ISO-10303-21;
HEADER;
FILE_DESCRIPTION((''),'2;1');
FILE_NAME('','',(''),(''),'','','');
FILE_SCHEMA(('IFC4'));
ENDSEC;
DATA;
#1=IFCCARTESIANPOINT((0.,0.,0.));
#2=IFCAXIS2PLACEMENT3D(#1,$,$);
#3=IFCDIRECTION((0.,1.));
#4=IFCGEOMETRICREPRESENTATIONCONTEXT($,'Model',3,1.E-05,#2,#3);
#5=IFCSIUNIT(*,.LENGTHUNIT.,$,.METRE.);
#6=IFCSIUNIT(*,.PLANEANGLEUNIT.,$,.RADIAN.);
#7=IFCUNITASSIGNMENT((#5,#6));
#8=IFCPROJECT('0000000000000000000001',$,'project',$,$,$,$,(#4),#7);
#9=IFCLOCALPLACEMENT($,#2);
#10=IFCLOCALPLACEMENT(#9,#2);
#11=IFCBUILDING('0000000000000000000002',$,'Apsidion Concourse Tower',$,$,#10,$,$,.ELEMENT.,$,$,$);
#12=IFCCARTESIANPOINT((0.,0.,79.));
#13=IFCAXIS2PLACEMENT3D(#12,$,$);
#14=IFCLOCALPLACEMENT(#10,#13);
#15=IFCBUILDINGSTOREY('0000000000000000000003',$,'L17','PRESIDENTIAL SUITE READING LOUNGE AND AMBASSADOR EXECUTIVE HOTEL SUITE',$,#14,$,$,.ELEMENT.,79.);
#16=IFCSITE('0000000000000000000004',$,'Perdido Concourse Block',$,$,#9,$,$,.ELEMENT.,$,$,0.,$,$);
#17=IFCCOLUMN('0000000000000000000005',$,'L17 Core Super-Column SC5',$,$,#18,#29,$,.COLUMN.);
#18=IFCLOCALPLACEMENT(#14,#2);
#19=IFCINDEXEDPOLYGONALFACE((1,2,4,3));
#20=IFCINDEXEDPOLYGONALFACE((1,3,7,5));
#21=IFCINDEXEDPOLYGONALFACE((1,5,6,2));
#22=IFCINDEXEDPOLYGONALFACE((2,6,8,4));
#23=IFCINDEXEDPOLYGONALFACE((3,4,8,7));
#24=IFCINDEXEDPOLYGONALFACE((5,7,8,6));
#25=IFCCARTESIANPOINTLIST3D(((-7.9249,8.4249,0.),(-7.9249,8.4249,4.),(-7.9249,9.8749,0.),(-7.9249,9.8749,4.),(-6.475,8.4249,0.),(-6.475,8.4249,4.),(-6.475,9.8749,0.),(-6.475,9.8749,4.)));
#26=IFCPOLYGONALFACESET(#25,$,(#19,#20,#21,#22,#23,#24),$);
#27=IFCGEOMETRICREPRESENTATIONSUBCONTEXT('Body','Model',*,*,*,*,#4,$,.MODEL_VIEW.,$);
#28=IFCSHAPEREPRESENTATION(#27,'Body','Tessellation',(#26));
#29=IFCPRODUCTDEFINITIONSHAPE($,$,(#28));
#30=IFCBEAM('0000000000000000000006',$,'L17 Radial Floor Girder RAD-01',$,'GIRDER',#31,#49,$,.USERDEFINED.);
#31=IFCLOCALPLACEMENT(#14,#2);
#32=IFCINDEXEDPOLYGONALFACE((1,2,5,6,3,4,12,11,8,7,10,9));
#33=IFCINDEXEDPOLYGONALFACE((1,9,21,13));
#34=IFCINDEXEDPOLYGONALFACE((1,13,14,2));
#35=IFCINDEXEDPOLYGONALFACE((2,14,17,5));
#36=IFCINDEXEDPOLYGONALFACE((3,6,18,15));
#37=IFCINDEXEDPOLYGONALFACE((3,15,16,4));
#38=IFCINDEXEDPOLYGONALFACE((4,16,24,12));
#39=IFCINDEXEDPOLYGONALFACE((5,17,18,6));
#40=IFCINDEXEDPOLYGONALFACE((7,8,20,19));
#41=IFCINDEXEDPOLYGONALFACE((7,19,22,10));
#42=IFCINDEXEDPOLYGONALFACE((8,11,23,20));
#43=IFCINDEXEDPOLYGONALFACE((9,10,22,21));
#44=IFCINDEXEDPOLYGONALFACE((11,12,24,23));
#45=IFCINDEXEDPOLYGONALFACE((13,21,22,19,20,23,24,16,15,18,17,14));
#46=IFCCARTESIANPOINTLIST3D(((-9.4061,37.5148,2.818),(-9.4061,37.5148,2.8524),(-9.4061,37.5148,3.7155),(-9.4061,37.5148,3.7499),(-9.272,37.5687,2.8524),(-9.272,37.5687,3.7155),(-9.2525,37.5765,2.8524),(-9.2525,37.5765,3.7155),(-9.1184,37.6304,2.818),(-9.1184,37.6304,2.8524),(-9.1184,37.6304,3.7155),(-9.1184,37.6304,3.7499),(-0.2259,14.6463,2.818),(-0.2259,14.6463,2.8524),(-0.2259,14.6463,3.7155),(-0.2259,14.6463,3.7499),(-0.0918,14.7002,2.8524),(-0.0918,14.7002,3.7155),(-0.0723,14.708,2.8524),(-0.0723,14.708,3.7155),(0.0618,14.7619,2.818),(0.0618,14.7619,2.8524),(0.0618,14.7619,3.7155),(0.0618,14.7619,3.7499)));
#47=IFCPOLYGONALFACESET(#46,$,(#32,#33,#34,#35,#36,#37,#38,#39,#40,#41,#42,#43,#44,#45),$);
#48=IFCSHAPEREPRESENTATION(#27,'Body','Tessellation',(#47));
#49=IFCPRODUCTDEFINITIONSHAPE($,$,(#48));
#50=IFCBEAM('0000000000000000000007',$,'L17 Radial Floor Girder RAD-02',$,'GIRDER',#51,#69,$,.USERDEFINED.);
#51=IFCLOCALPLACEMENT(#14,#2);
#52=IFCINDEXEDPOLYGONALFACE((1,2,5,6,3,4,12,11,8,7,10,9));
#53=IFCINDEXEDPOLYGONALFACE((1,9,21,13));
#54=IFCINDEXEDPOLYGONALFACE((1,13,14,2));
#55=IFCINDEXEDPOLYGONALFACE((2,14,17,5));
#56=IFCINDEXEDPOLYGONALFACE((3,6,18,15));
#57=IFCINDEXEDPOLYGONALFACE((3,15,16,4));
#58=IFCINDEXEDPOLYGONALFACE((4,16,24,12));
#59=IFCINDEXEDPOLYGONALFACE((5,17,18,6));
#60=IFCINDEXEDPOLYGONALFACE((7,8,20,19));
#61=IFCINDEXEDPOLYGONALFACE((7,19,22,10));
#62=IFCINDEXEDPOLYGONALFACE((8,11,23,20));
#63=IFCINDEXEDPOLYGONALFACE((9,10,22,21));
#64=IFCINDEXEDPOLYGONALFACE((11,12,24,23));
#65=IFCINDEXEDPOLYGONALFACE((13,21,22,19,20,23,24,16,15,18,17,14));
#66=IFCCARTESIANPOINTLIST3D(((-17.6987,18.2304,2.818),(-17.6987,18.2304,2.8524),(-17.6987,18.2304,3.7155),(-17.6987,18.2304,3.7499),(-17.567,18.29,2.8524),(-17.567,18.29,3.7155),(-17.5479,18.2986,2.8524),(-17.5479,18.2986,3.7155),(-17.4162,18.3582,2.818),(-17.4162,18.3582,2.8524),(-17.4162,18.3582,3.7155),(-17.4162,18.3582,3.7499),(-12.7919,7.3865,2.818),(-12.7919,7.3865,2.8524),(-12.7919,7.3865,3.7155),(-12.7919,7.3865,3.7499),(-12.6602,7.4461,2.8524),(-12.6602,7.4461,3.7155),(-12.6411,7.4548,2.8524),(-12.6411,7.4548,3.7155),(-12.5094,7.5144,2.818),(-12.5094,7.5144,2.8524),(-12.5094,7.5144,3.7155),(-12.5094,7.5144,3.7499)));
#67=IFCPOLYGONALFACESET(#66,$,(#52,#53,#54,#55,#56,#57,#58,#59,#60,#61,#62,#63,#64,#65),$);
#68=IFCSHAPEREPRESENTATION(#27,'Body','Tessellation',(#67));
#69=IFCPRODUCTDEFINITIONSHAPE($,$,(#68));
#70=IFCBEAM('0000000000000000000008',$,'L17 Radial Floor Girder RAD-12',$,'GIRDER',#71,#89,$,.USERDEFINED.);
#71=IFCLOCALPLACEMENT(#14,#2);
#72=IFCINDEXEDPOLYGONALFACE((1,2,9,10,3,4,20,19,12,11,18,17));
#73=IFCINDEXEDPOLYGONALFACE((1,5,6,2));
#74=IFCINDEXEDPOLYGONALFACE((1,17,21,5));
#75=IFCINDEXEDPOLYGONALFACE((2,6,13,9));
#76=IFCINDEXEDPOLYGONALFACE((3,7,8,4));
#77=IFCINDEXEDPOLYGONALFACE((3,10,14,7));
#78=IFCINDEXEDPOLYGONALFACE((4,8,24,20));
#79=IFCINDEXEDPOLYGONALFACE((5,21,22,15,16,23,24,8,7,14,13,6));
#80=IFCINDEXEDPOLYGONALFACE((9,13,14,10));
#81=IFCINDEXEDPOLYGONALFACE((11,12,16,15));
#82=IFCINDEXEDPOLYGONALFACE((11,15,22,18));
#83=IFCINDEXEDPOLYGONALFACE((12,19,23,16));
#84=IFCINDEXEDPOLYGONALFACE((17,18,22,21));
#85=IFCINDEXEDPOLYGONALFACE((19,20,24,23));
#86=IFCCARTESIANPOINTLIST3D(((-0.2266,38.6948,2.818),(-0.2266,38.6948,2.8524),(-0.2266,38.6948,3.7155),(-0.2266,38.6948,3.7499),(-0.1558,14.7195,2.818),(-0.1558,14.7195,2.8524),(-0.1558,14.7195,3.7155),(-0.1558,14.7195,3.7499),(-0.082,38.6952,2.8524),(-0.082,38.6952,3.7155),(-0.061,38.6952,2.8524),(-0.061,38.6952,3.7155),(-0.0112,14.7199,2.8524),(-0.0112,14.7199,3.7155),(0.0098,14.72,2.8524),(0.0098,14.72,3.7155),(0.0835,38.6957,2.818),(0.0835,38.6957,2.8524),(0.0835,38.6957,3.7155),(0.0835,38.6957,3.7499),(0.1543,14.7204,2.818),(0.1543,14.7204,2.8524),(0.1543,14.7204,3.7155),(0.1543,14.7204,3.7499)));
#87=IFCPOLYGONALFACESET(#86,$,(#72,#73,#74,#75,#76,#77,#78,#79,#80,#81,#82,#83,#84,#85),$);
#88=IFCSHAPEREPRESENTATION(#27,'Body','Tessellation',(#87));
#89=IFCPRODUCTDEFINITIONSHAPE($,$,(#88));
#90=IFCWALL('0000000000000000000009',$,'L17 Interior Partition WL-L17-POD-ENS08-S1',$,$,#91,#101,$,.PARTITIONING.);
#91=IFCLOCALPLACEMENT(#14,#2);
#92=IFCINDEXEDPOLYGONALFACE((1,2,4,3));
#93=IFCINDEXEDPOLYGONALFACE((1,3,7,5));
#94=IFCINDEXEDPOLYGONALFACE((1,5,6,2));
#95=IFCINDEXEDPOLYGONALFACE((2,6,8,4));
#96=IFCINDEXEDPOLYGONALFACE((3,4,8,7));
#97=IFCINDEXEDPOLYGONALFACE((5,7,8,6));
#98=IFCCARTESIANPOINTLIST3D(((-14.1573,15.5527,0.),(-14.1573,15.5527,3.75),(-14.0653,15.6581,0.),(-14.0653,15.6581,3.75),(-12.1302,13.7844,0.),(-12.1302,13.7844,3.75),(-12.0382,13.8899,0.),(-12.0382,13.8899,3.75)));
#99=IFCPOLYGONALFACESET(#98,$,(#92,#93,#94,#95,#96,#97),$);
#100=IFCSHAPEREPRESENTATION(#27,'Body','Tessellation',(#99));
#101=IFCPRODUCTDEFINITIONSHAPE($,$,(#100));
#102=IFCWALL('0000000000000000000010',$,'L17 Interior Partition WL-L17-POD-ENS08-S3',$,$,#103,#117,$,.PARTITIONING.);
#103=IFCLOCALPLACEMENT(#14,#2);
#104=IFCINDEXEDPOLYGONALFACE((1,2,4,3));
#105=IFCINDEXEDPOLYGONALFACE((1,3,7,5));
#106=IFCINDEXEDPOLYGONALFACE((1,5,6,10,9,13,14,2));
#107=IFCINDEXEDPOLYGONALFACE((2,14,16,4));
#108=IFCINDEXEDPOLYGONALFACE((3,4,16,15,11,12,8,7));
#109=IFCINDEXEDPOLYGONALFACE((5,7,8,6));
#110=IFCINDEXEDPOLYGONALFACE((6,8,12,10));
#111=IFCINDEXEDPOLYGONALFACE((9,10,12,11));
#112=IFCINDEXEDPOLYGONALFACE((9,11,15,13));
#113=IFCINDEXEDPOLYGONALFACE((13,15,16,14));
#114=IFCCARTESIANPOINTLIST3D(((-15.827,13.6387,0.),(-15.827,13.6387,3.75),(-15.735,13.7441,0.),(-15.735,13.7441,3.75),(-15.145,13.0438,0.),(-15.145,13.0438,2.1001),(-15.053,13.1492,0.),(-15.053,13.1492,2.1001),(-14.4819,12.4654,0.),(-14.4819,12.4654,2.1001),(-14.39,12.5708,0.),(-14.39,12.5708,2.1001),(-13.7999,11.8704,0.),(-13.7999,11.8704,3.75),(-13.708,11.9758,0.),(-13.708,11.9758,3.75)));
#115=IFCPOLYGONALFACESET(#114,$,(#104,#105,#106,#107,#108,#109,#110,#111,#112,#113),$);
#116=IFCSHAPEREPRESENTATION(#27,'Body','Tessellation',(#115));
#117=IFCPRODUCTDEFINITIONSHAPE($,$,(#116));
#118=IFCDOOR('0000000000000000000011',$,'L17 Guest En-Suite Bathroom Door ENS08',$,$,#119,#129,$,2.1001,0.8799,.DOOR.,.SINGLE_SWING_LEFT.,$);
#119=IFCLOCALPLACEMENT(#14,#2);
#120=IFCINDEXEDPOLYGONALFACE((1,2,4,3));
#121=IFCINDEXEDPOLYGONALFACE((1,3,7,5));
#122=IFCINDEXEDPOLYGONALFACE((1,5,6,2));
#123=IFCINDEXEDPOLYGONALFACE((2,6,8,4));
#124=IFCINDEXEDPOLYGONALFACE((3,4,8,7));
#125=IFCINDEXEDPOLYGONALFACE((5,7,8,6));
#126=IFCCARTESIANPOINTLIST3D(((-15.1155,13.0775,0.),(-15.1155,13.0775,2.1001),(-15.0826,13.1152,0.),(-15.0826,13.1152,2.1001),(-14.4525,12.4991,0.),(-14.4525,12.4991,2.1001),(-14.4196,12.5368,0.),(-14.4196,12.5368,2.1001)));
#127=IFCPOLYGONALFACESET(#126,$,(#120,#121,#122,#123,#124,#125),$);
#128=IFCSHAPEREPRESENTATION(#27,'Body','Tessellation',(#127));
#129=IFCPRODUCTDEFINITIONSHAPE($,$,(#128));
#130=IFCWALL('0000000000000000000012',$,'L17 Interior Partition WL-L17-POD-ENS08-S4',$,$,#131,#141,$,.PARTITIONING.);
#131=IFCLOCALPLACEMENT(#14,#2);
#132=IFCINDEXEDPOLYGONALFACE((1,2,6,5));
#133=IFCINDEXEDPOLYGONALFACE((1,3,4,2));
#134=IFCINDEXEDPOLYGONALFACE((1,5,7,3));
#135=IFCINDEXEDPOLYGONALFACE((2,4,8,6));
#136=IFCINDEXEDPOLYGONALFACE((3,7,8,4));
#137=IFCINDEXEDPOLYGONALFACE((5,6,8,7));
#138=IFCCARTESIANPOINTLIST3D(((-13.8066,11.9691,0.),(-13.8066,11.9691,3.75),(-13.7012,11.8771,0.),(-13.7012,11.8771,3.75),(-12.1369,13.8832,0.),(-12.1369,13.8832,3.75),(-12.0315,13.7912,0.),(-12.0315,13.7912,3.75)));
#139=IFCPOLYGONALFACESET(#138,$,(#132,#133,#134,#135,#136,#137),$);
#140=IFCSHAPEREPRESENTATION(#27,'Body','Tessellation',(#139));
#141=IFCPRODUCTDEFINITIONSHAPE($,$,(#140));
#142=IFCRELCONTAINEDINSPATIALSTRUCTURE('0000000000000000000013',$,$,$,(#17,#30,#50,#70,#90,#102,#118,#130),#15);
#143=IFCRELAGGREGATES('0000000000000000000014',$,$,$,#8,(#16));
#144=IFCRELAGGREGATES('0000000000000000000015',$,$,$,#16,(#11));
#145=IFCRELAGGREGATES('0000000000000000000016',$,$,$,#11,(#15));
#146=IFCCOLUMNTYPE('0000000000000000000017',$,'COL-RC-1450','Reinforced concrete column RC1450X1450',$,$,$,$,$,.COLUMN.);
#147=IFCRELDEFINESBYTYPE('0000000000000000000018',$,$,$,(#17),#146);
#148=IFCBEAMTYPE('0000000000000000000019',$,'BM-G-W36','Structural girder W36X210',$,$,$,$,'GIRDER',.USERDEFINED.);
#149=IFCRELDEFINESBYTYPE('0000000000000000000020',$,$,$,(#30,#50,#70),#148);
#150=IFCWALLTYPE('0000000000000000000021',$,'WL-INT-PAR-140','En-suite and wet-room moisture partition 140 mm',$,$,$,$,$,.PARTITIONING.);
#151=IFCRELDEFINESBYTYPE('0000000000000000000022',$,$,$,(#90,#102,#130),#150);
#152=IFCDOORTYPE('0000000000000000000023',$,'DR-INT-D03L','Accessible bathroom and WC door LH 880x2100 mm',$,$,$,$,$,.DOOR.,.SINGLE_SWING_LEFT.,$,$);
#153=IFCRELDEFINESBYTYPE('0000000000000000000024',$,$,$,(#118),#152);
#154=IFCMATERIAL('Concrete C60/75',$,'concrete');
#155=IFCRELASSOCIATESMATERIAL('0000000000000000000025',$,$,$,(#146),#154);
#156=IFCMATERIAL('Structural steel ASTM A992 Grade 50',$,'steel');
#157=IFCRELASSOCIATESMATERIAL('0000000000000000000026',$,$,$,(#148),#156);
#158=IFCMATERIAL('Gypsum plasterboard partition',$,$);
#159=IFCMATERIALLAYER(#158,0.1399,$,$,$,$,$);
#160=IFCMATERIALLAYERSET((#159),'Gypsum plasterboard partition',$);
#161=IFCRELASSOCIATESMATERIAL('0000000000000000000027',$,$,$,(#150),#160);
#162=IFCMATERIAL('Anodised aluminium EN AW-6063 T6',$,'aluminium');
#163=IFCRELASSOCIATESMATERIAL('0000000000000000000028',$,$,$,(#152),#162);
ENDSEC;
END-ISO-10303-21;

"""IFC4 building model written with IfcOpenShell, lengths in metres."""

from ifc_helpers import new_model, si_unit, direction, frame, frame_2d, origin, origin_2d, place, context, subcontext, project, spatial, rectangle, i_section, extrude, material, layer, layer_set, material_profile, profile_set, type_object, element, fill, save


model = new_model("IFC4")

# Units and contexts
model_context = context("Model", 3, precision=1e-05, world=origin(), true_north=direction((0.0, 1.0)))
body_context = subcontext(model_context, "Body", "Model", "MODEL_VIEW")
ifc_project = project(units=[si_unit("LENGTHUNIT", "METRE"), si_unit("PLANEANGLEUNIT", "RADIAN")], contexts=[model_context])

# Site, building, storey
site_placement = place(None, origin())
site = spatial("IfcSite", under=ifc_project, at=site_placement, Name="Perdido Concourse Block", CompositionType="ELEMENT", RefElevation=0.0)
building_placement = place(site_placement, origin())
building = spatial("IfcBuilding", under=site, at=building_placement, Name="Apsidion Concourse Tower", CompositionType="ELEMENT")
storey_placement = place(building_placement, frame((0.0, 0.0, 79.0)))
storey = spatial("IfcBuildingStorey", under=building, at=storey_placement, Name="L17", Description="PRESIDENTIAL SUITE READING LOUNGE AND AMBASSADOR EXECUTIVE HOTEL SUITE", CompositionType="ELEMENT", Elevation=79.0)

# Column
ifc_material_1 = material(Name="Concrete C60/75", Category="concrete")
ifc_material_profile_1 = material_profile(ifc_material_1, rectangle(XDim=1.45, YDim=1.45, at=origin_2d()), Name="RC 1450x1450")
ifc_profile_set_1 = profile_set([ifc_material_profile_1], Name="Concrete C60/75")
column_type = type_object("IfcColumnType", Name="COL-RC-1450", Description="Reinforced concrete column RC1450X1450", PredefinedType="COLUMN", material=ifc_profile_set_1)
column_placement = place(storey_placement, frame((-7.2, 9.1499, 0.0), z_axis=(0.0, 0.0, 1.0), x_axis=(1.0, 0.0, 0.0)))
element("IfcColumn", 1, at=column_placement, inside=storey, type_object=column_type, Name="L17 Core Super-Column SC5", PredefinedType="COLUMN", context=body_context, shape_type="SweptSolid", body=[
    extrude(rectangle(XDim=1.45, YDim=1.45, at=origin_2d()), origin(), (0.0, 0.0, 1.0), 4.0),
])

# Beams
ifc_material_2 = material(Name="Structural steel ASTM A992 Grade 50", Category="steel")
ifc_material_profile_2 = material_profile(ifc_material_2, i_section(OverallWidth=0.3101, OverallDepth=0.9319, WebThickness=0.021, FlangeThickness=0.0344, at=origin_2d()), Name="W36X210")
ifc_profile_set_2 = profile_set([ifc_material_profile_2], Name="Structural steel ASTM A992 Grade 50")
beam_type = type_object("IfcBeamType", Name="BM-G-W36", Description="Structural girder W36X210", ElementType="GIRDER", PredefinedType="USERDEFINED", material=ifc_profile_set_2)
beam_1_placement = place(storey_placement, frame((-0.082, 14.7041, 3.2839), z_axis=(-0.372538, 0.928017, 0.0), x_axis=(-0.928017, -0.372538, 0.0)))
element("IfcBeam", 2, at=beam_1_placement, inside=storey, type_object=beam_type, Name="L17 Radial Floor Girder RAD-01", ObjectType="GIRDER", PredefinedType="USERDEFINED", context=body_context, shape_type="SweptSolid", body=[
    extrude(i_section(OverallWidth=0.3101, OverallDepth=0.9319, WebThickness=0.021, FlangeThickness=0.0344, at=origin_2d()), origin(), (0.0, 0.0, 1.0), 24.6423),
])
beam_2_placement = place(storey_placement, frame((-12.6506, 7.4504, 3.2839), z_axis=(-0.412254, 0.911069, 0.0), x_axis=(-0.911069, -0.412254, 0.0)))
element("IfcBeam", 3, at=beam_2_placement, inside=storey, type_object=beam_type, Name="L17 Radial Floor Girder RAD-02", ObjectType="GIRDER", PredefinedType="USERDEFINED", context=body_context, shape_type="SweptSolid", body=[
    extrude(i_section(OverallWidth=0.3101, OverallDepth=0.9319, WebThickness=0.021, FlangeThickness=0.0344, at=origin_2d()), origin(), (0.0, 0.0, 1.0), 11.9023),
])
beam_3_placement = place(storey_placement, frame((-0.0007, 14.72, 3.2839), z_axis=(-0.002953, 0.999996, 0.0), x_axis=(-0.999996, -0.002953, 0.0)))
element("IfcBeam", 4, at=beam_3_placement, inside=storey, type_object=beam_type, Name="L17 Radial Floor Girder RAD-12", ObjectType="GIRDER", PredefinedType="USERDEFINED", context=body_context, shape_type="SweptSolid", body=[
    extrude(i_section(OverallWidth=0.3101, OverallDepth=0.9319, WebThickness=0.021, FlangeThickness=0.0344, at=origin_2d()), origin(), (0.0, 0.0, 1.0), 23.9753),
])

# Wall
ifc_material_3 = material(Name="Gypsum plasterboard partition")
ifc_layer_1 = layer(ifc_material_3, 0.1399)
ifc_layer_set_1 = layer_set([ifc_layer_1], Name="Gypsum plasterboard partition")
wall_type_1 = type_object("IfcWallType", Name="WL-INT-PAR-140", Description="En-suite and wet-room moisture partition 140 mm", PredefinedType="PARTITIONING", material=ifc_layer_set_1)
wall_1_placement = place(storey_placement, frame((-12.0842, 13.8372, 0.0), z_axis=(0.0, 0.0, 1.0), x_axis=(-0.753571, 0.657367, 0.0)))
element("IfcWall", 5, at=wall_1_placement, inside=storey, type_object=wall_type_1, Name="L17 Interior Partition WL-L17-POD-ENS08-S1", PredefinedType="PARTITIONING", context=body_context, shape_type="SweptSolid", body=[
    extrude(rectangle(XDim=2.6899, YDim=0.1399, at=frame_2d((1.345, 0.0))), origin(), (0.0, 0.0, 1.0), 3.75),
])

# Wall, opening, door
wall_2_placement = place(storey_placement, frame((-15.781, 13.6914, 0.0), z_axis=(0.0, 0.0, 1.0), x_axis=(0.753571, -0.657367, 0.0)))
wall_2 = element("IfcWall", 6, at=wall_2_placement, inside=storey, type_object=wall_type_1, Name="L17 Interior Partition WL-L17-POD-ENS08-S3", PredefinedType="PARTITIONING", context=body_context, shape_type="SweptSolid", body=[
    extrude(rectangle(XDim=2.6899, YDim=0.1399, at=frame_2d((1.345, 0.0))), origin(), (0.0, 0.0, 1.0), 3.75),
])
opening_1_placement = place(wall_2_placement, frame((0.905, 0.0, 0.0)))
opening_1 = element("IfcOpeningElement", 7, at=opening_1_placement, cuts=wall_2, PredefinedType="OPENING", context=body_context, shape_type="SweptSolid", body=[
    extrude(rectangle(XDim=0.8799, YDim=2.1001, at=frame_2d((0.4399, 1.05))), frame((0.0, 0.0801, 0.0), z_axis=(0.0, -1.0, 0.0), x_axis=(1.0, 0.0, 0.0)), (0.0, 0.0, 1.0), 0.1599),
])
ifc_material_4 = material(Name="Anodised aluminium EN AW-6063 T6", Category="aluminium")
door_type_1 = type_object("IfcDoorType", Name="DR-INT-D03L", Description="Accessible bathroom and WC door LH 880x2100 mm", OperationType="SINGLE_SWING_LEFT", PredefinedType="DOOR", material=ifc_material_4)
door_1_placement = place(opening_1_placement, origin())
door_1 = element("IfcDoor", 8, at=door_1_placement, inside=storey, type_object=door_type_1, Name="L17 Guest En-Suite Bathroom Door ENS08", OperationType="SINGLE_SWING_LEFT", OverallHeight=2.1001, OverallWidth=0.8799, PredefinedType="DOOR", context=body_context, shape_type="SweptSolid", body=[
    extrude(rectangle(XDim=0.8799, YDim=2.1001, at=frame_2d((0.4399, 1.05))), frame((0.0, 0.0249, 0.0), z_axis=(0.0, -1.0, 0.0), x_axis=(1.0, 0.0, 0.0)), (0.0, 0.0, 1.0), 0.05),
])
fill(opening_1, door_1)

# Wall
wall_3_placement = place(storey_placement, frame((-13.7539, 11.9231, 0.0), z_axis=(0.0, 0.0, 1.0), x_axis=(0.657361, 0.753576, 0.0)))
element("IfcWall", 9, at=wall_3_placement, inside=storey, type_object=wall_type_1, Name="L17 Interior Partition WL-L17-POD-ENS08-S4", PredefinedType="PARTITIONING", context=body_context, shape_type="SweptSolid", body=[
    extrude(rectangle(XDim=2.54, YDim=0.1399, at=frame_2d((1.27, 0.0))), origin(), (0.0, 0.0, 1.0), 3.75),
])

save(model, "model.ifc")
